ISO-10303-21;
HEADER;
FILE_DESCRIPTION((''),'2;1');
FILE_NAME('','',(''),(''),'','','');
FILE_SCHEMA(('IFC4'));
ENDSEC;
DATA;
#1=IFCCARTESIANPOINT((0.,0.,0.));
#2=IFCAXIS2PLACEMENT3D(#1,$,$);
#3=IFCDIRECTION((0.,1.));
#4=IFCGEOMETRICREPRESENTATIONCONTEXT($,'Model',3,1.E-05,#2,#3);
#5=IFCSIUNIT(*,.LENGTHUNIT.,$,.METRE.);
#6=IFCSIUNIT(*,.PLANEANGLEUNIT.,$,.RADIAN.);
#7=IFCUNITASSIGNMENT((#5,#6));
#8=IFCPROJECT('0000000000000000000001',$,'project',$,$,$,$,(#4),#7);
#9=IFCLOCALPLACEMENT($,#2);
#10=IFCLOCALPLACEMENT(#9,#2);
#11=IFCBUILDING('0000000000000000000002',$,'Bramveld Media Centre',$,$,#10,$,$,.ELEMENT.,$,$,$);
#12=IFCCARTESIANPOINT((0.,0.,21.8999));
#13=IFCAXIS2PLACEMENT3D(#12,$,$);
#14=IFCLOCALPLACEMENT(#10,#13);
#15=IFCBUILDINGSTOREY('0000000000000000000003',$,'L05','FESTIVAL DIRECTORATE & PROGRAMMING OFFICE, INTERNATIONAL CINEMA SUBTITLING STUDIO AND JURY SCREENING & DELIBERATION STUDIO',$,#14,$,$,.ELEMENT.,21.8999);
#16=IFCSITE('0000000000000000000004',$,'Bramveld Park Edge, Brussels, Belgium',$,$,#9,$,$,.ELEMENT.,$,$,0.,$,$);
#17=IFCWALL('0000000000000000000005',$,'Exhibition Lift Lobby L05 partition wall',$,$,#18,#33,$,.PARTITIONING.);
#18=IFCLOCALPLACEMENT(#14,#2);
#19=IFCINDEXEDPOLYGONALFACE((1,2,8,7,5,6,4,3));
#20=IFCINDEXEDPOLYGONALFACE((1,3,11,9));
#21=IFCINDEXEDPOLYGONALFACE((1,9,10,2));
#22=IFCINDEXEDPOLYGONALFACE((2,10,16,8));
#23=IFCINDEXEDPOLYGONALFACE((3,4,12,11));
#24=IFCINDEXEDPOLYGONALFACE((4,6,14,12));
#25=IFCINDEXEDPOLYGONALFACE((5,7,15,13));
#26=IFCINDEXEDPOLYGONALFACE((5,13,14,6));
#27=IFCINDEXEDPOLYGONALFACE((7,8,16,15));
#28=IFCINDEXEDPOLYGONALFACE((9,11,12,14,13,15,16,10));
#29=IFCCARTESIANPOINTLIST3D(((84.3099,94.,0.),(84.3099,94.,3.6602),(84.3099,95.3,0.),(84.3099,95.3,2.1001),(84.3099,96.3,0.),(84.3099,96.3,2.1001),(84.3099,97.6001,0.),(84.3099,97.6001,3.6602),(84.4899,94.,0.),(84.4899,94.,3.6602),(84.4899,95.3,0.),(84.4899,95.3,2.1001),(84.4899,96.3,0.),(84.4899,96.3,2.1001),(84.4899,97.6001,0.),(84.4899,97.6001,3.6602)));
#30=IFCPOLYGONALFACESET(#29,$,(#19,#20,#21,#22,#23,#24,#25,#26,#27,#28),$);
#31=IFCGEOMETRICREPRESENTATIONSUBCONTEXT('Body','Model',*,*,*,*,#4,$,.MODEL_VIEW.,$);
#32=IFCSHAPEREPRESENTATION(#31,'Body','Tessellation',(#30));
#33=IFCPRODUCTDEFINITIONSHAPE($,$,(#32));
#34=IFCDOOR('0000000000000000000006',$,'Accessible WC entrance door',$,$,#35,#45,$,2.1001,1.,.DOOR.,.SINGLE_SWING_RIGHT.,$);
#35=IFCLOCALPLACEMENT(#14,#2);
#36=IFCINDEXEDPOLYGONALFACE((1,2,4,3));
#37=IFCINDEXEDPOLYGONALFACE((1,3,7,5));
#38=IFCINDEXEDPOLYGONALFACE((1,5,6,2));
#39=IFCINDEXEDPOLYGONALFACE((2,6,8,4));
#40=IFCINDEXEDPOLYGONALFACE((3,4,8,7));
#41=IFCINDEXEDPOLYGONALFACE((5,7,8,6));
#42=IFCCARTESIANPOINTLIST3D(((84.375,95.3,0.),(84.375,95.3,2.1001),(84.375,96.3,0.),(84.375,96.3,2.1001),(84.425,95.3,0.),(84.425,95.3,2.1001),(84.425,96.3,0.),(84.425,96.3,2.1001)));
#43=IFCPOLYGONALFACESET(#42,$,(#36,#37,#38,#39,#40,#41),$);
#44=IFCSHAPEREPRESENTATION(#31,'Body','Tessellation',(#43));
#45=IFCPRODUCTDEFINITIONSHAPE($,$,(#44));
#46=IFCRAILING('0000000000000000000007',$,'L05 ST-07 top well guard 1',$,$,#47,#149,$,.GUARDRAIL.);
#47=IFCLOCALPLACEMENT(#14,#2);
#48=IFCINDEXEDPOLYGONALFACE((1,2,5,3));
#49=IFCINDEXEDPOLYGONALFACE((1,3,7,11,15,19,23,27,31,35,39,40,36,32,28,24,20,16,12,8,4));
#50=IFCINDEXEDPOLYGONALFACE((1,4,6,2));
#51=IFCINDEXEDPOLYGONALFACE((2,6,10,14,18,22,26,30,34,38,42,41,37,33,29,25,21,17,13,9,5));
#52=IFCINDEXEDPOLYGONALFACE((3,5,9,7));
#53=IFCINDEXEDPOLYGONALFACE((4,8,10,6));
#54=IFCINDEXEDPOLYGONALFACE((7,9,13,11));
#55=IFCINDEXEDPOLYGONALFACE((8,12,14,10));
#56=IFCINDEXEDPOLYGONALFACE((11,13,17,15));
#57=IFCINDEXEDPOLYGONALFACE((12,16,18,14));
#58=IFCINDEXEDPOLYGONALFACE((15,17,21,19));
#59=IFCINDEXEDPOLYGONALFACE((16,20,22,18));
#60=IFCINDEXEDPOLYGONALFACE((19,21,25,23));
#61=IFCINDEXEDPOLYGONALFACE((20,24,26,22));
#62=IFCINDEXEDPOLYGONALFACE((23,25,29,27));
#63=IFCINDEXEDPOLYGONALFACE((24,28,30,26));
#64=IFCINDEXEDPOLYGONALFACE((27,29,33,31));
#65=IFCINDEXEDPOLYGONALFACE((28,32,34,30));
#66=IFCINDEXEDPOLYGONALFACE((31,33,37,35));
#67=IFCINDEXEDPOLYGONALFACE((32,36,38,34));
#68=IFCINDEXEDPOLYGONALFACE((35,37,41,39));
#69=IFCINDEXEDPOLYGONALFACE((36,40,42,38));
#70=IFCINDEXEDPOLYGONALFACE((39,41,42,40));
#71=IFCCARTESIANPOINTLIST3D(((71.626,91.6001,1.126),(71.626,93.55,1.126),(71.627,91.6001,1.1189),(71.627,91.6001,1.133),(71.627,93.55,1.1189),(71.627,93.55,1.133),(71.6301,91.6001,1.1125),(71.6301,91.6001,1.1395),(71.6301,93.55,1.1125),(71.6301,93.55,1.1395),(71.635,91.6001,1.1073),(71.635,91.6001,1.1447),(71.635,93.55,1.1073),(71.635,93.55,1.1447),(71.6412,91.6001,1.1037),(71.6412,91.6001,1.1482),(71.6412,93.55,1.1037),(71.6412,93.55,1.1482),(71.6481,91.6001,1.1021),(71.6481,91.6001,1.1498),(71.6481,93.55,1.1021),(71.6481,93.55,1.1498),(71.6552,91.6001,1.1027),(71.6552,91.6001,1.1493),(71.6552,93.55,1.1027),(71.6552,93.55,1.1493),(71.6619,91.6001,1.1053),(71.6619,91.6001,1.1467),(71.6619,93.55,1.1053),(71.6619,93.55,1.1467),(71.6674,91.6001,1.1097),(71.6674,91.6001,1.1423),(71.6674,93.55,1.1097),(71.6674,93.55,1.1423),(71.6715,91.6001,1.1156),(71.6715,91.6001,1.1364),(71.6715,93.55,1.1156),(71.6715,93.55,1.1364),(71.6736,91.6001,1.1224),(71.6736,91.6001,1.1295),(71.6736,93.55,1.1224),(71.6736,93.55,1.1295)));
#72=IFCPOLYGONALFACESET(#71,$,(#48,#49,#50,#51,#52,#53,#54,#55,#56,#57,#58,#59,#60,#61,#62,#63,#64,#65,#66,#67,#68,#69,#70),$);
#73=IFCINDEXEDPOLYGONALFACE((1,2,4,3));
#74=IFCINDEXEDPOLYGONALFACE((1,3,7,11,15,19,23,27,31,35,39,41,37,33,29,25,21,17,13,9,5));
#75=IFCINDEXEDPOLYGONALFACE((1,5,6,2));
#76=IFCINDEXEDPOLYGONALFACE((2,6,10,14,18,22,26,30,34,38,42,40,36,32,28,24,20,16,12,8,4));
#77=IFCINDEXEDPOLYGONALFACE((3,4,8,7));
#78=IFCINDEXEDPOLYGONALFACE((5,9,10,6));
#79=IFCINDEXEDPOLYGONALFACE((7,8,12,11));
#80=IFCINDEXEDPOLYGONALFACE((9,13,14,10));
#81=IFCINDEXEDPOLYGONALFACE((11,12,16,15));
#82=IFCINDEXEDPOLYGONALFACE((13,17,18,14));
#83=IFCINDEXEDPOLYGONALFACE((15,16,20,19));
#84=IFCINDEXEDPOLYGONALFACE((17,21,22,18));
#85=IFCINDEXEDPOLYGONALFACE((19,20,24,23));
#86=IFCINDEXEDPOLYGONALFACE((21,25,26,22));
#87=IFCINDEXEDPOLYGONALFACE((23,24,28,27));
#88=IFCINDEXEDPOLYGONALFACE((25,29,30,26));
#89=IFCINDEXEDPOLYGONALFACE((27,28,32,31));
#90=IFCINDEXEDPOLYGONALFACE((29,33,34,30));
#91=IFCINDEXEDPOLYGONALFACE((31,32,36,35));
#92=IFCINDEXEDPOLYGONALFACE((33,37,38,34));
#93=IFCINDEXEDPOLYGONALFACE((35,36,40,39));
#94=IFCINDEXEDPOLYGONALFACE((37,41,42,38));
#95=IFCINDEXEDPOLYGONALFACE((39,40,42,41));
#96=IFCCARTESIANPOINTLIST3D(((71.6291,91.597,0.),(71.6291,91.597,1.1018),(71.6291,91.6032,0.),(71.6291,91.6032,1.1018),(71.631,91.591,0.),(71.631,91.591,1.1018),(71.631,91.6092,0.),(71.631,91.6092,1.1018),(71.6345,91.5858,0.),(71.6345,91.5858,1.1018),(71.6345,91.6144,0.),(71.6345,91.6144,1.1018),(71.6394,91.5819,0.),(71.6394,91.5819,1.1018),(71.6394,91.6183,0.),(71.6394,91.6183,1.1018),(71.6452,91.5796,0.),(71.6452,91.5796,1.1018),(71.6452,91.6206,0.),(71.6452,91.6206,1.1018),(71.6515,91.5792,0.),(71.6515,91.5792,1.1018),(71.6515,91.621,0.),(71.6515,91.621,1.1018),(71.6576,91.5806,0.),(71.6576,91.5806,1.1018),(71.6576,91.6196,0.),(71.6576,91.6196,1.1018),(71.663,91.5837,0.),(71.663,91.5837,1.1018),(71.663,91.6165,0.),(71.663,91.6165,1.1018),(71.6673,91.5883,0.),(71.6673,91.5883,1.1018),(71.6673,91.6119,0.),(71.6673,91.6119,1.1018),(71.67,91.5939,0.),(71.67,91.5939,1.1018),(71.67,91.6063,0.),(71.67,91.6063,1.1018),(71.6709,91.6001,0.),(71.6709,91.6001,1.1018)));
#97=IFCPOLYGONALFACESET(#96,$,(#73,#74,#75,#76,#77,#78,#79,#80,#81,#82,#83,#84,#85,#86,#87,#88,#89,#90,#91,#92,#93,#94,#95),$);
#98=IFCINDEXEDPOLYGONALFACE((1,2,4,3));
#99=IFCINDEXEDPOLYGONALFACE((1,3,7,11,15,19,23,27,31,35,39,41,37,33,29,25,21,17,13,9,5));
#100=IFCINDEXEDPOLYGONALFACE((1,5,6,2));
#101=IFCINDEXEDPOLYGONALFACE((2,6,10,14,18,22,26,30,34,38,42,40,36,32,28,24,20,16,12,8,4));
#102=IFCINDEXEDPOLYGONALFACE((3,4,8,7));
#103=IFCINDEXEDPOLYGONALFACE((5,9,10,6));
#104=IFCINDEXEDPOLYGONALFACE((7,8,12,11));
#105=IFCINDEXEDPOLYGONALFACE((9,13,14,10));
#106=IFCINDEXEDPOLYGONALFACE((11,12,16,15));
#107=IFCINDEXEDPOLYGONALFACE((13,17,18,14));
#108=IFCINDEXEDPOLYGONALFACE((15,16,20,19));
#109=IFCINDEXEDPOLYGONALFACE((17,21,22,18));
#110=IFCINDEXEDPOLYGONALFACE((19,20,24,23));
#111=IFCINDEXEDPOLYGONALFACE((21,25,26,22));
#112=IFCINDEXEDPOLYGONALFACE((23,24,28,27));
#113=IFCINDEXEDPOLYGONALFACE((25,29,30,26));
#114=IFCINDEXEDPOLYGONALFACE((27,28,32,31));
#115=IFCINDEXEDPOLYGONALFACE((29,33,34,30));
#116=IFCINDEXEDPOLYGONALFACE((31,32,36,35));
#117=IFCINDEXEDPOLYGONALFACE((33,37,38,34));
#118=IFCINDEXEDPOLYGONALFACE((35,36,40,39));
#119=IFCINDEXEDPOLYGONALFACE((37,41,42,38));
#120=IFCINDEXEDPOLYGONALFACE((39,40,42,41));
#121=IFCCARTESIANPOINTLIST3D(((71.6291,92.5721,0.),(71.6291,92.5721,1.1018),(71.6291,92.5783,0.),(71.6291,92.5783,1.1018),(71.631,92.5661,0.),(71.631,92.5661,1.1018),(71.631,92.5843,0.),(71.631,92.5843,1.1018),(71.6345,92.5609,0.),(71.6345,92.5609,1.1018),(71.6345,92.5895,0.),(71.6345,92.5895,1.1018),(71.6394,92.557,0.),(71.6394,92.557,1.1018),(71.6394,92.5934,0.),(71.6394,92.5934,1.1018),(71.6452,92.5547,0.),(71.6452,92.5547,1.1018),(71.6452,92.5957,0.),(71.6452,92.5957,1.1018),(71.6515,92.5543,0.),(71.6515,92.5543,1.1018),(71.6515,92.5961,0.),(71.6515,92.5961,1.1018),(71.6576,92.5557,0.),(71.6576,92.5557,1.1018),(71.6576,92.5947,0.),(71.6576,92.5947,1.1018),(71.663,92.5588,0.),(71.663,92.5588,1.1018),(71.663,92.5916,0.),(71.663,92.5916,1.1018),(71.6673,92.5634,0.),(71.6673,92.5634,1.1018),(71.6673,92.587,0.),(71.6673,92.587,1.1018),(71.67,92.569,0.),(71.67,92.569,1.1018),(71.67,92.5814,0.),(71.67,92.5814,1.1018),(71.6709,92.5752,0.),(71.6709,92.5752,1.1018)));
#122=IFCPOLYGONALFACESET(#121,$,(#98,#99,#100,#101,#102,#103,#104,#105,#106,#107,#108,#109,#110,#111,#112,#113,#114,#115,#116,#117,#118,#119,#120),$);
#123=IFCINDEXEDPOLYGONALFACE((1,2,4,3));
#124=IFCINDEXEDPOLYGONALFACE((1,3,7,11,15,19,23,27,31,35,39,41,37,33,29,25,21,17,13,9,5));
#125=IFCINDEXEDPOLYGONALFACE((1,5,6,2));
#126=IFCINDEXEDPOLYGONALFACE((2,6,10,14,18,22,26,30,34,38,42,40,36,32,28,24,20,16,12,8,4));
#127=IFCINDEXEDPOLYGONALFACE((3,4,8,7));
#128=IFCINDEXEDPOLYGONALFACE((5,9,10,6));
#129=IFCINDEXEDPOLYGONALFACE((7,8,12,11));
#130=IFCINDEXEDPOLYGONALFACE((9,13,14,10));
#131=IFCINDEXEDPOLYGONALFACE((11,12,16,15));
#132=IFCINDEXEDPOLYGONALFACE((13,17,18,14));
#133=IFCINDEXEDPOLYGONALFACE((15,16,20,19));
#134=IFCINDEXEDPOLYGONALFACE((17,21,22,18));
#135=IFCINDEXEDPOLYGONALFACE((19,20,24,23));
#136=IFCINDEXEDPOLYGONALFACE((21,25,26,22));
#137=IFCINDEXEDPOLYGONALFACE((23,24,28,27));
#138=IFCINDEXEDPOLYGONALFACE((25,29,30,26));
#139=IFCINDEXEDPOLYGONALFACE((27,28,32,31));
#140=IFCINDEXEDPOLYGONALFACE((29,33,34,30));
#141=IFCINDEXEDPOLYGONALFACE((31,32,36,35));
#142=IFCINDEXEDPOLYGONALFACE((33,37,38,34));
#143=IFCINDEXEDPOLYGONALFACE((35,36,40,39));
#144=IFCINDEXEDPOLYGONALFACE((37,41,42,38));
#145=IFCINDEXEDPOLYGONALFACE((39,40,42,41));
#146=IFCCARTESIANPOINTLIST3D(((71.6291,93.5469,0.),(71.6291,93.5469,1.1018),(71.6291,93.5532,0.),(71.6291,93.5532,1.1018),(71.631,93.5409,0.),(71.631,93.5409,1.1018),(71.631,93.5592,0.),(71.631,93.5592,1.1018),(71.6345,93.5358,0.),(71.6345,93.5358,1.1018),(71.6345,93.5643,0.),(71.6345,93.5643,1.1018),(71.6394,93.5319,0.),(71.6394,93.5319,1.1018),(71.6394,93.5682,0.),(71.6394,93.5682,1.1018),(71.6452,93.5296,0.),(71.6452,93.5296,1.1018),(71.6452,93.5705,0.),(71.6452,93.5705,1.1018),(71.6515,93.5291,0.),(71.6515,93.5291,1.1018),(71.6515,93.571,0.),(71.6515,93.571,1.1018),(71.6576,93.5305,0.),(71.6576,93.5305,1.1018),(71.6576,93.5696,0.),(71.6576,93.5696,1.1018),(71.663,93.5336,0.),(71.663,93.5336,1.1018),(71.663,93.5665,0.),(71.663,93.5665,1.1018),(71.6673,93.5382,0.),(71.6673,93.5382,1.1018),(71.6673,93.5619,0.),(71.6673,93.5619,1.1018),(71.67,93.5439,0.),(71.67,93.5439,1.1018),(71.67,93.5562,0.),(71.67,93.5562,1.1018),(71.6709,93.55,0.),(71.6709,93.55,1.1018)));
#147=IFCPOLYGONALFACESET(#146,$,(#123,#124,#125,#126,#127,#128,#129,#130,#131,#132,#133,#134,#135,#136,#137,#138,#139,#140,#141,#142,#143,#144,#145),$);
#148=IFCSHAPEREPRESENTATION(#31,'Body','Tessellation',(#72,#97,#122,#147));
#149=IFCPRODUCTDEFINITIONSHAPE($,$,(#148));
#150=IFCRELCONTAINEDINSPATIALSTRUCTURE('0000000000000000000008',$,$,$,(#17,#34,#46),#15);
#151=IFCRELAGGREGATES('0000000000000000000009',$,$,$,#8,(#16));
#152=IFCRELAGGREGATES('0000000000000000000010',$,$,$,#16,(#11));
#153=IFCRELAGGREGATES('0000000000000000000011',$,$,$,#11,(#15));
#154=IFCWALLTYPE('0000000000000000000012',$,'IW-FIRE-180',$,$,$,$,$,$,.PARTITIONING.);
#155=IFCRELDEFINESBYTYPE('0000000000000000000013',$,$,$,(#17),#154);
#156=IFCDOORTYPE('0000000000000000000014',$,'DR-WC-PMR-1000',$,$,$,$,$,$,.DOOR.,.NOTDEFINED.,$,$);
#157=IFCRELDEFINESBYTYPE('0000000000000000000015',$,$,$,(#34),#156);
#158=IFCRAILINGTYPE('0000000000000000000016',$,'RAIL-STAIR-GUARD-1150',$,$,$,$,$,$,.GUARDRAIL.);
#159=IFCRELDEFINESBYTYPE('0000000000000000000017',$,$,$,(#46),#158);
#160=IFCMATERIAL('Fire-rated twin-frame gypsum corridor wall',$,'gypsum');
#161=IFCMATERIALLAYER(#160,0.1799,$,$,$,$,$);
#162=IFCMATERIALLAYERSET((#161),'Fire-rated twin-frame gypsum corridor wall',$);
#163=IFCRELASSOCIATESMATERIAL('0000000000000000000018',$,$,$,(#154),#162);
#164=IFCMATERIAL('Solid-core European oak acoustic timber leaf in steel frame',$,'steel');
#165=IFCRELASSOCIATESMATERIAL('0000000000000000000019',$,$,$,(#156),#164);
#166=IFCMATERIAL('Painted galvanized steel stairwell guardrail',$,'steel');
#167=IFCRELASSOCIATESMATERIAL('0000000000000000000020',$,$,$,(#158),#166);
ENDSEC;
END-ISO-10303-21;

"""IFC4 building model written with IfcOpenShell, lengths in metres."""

from ifc_helpers import new_model, si_unit, direction, frame, frame_2d, origin, origin_2d, place, context, subcontext, project, spatial, rectangle, circle, extrude, material, layer, layer_set, type_object, element, fill, save


model = new_model("IFC4")

# Units and contexts
model_context = context("Model", 3, precision=1e-05, world=origin(), true_north=direction((0.0, 1.0)))
body_context = subcontext(model_context, "Body", "Model", "MODEL_VIEW")
ifc_project = project(units=[si_unit("LENGTHUNIT", "METRE"), si_unit("PLANEANGLEUNIT", "RADIAN")], contexts=[model_context])

# Site, building, storey
site_placement = place(None, origin())
site = spatial("IfcSite", under=ifc_project, at=site_placement, Name="Bramveld Park Edge, Brussels, Belgium", CompositionType="ELEMENT", RefElevation=0.0)
building_placement = place(site_placement, origin())
building = spatial("IfcBuilding", under=site, at=building_placement, Name="Bramveld Media Centre", CompositionType="ELEMENT")
storey_placement = place(building_placement, frame((0.0, 0.0, 21.8999)))
storey = spatial("IfcBuildingStorey", under=building, at=storey_placement, Name="L05", Description="FESTIVAL DIRECTORATE & PROGRAMMING OFFICE, INTERNATIONAL CINEMA SUBTITLING STUDIO AND JURY SCREENING & DELIBERATION STUDIO", CompositionType="ELEMENT", Elevation=21.8999)

# Wall, opening, door
ifc_material_1 = material(Name="Fire-rated twin-frame gypsum corridor wall", Category="gypsum")
ifc_layer_1 = layer(ifc_material_1, 0.1799)
ifc_layer_set_1 = layer_set([ifc_layer_1], Name="Fire-rated twin-frame gypsum corridor wall")
wall_type_1 = type_object("IfcWallType", Name="IW-FIRE-180", PredefinedType="PARTITIONING", material=ifc_layer_set_1)
wall_1_placement = place(storey_placement, frame((84.3999, 94.0, 0.0), z_axis=(0.0, 0.0, 1.0), x_axis=(0.0, 1.0, 0.0)))
wall_1 = element("IfcWall", 1, at=wall_1_placement, inside=storey, type_object=wall_type_1, Name="Exhibition Lift Lobby L05 partition wall", PredefinedType="PARTITIONING", context=body_context, shape_type="SweptSolid", body=[
    extrude(rectangle(XDim=3.6001, YDim=0.1799, at=frame_2d((1.8, 0.0))), origin(), (0.0, 0.0, 1.0), 3.6602),
])
opening_1_placement = place(wall_1_placement, frame((1.3, 0.0, 0.0)))
opening_1 = element("IfcOpeningElement", 2, at=opening_1_placement, cuts=wall_1, PredefinedType="OPENING", context=body_context, shape_type="SweptSolid", body=[
    extrude(rectangle(XDim=1.0, YDim=2.1001, at=frame_2d((0.5, 1.05))), frame((0.0, 0.1021, 0.0), z_axis=(0.0, -1.0, 0.0), x_axis=(1.0, 0.0, 0.0)), (0.0, 0.0, 1.0), 0.2039),
])
ifc_material_2 = material(Name="Solid-core European oak acoustic timber leaf in steel frame", Category="steel")
door_type_1 = type_object("IfcDoorType", Name="DR-WC-PMR-1000", OperationType="NOTDEFINED", PredefinedType="DOOR", material=ifc_material_2)
door_1_placement = place(opening_1_placement, origin())
door_1 = element("IfcDoor", 3, at=door_1_placement, inside=storey, type_object=door_type_1, Name="Accessible WC entrance door", OperationType="SINGLE_SWING_RIGHT", OverallHeight=2.1001, OverallWidth=1.0, PredefinedType="DOOR", context=body_context, shape_type="SweptSolid", body=[
    extrude(rectangle(XDim=1.0, YDim=2.1001, at=frame_2d((0.5, 1.05))), frame((0.0, 0.0249, 0.0), z_axis=(0.0, -1.0, 0.0), x_axis=(1.0, 0.0, 0.0)), (0.0, 0.0, 1.0), 0.05),
])
fill(opening_1, door_1)

# Railing
ifc_material_3 = material(Name="Painted galvanized steel stairwell guardrail", Category="steel")
railing_type = type_object("IfcRailingType", Name="RAIL-STAIR-GUARD-1150", PredefinedType="GUARDRAIL", material=ifc_material_3)
railing_placement = place(storey_placement, frame((71.6499, 91.6001, 0.0)))
element("IfcRailing", 4, at=railing_placement, inside=storey, type_object=railing_type, Name="L05 ST-07 top well guard 1", PredefinedType="GUARDRAIL", context=body_context, shape_type="SweptSolid", body=[
    extrude(circle(Radius=0.0239, at=origin_2d()), frame((0.0, 0.0, 1.126), z_axis=(0.0, 1.0, 0.0), x_axis=(-1.0, 0.0, 0.0)), (0.0, 0.0, 1.0), 1.95),
    extrude(circle(Radius=0.021, at=origin_2d()), origin(), (0.0, 0.0, 1.0), 1.1018),
    extrude(circle(Radius=0.021, at=origin_2d()), frame((0.0, 0.9751, 0.0)), (0.0, 0.0, 1.0), 1.1018),
    extrude(circle(Radius=0.021, at=origin_2d()), frame((0.0, 1.95, 0.0)), (0.0, 0.0, 1.0), 1.1018),
])

save(model, "model.ifc")
